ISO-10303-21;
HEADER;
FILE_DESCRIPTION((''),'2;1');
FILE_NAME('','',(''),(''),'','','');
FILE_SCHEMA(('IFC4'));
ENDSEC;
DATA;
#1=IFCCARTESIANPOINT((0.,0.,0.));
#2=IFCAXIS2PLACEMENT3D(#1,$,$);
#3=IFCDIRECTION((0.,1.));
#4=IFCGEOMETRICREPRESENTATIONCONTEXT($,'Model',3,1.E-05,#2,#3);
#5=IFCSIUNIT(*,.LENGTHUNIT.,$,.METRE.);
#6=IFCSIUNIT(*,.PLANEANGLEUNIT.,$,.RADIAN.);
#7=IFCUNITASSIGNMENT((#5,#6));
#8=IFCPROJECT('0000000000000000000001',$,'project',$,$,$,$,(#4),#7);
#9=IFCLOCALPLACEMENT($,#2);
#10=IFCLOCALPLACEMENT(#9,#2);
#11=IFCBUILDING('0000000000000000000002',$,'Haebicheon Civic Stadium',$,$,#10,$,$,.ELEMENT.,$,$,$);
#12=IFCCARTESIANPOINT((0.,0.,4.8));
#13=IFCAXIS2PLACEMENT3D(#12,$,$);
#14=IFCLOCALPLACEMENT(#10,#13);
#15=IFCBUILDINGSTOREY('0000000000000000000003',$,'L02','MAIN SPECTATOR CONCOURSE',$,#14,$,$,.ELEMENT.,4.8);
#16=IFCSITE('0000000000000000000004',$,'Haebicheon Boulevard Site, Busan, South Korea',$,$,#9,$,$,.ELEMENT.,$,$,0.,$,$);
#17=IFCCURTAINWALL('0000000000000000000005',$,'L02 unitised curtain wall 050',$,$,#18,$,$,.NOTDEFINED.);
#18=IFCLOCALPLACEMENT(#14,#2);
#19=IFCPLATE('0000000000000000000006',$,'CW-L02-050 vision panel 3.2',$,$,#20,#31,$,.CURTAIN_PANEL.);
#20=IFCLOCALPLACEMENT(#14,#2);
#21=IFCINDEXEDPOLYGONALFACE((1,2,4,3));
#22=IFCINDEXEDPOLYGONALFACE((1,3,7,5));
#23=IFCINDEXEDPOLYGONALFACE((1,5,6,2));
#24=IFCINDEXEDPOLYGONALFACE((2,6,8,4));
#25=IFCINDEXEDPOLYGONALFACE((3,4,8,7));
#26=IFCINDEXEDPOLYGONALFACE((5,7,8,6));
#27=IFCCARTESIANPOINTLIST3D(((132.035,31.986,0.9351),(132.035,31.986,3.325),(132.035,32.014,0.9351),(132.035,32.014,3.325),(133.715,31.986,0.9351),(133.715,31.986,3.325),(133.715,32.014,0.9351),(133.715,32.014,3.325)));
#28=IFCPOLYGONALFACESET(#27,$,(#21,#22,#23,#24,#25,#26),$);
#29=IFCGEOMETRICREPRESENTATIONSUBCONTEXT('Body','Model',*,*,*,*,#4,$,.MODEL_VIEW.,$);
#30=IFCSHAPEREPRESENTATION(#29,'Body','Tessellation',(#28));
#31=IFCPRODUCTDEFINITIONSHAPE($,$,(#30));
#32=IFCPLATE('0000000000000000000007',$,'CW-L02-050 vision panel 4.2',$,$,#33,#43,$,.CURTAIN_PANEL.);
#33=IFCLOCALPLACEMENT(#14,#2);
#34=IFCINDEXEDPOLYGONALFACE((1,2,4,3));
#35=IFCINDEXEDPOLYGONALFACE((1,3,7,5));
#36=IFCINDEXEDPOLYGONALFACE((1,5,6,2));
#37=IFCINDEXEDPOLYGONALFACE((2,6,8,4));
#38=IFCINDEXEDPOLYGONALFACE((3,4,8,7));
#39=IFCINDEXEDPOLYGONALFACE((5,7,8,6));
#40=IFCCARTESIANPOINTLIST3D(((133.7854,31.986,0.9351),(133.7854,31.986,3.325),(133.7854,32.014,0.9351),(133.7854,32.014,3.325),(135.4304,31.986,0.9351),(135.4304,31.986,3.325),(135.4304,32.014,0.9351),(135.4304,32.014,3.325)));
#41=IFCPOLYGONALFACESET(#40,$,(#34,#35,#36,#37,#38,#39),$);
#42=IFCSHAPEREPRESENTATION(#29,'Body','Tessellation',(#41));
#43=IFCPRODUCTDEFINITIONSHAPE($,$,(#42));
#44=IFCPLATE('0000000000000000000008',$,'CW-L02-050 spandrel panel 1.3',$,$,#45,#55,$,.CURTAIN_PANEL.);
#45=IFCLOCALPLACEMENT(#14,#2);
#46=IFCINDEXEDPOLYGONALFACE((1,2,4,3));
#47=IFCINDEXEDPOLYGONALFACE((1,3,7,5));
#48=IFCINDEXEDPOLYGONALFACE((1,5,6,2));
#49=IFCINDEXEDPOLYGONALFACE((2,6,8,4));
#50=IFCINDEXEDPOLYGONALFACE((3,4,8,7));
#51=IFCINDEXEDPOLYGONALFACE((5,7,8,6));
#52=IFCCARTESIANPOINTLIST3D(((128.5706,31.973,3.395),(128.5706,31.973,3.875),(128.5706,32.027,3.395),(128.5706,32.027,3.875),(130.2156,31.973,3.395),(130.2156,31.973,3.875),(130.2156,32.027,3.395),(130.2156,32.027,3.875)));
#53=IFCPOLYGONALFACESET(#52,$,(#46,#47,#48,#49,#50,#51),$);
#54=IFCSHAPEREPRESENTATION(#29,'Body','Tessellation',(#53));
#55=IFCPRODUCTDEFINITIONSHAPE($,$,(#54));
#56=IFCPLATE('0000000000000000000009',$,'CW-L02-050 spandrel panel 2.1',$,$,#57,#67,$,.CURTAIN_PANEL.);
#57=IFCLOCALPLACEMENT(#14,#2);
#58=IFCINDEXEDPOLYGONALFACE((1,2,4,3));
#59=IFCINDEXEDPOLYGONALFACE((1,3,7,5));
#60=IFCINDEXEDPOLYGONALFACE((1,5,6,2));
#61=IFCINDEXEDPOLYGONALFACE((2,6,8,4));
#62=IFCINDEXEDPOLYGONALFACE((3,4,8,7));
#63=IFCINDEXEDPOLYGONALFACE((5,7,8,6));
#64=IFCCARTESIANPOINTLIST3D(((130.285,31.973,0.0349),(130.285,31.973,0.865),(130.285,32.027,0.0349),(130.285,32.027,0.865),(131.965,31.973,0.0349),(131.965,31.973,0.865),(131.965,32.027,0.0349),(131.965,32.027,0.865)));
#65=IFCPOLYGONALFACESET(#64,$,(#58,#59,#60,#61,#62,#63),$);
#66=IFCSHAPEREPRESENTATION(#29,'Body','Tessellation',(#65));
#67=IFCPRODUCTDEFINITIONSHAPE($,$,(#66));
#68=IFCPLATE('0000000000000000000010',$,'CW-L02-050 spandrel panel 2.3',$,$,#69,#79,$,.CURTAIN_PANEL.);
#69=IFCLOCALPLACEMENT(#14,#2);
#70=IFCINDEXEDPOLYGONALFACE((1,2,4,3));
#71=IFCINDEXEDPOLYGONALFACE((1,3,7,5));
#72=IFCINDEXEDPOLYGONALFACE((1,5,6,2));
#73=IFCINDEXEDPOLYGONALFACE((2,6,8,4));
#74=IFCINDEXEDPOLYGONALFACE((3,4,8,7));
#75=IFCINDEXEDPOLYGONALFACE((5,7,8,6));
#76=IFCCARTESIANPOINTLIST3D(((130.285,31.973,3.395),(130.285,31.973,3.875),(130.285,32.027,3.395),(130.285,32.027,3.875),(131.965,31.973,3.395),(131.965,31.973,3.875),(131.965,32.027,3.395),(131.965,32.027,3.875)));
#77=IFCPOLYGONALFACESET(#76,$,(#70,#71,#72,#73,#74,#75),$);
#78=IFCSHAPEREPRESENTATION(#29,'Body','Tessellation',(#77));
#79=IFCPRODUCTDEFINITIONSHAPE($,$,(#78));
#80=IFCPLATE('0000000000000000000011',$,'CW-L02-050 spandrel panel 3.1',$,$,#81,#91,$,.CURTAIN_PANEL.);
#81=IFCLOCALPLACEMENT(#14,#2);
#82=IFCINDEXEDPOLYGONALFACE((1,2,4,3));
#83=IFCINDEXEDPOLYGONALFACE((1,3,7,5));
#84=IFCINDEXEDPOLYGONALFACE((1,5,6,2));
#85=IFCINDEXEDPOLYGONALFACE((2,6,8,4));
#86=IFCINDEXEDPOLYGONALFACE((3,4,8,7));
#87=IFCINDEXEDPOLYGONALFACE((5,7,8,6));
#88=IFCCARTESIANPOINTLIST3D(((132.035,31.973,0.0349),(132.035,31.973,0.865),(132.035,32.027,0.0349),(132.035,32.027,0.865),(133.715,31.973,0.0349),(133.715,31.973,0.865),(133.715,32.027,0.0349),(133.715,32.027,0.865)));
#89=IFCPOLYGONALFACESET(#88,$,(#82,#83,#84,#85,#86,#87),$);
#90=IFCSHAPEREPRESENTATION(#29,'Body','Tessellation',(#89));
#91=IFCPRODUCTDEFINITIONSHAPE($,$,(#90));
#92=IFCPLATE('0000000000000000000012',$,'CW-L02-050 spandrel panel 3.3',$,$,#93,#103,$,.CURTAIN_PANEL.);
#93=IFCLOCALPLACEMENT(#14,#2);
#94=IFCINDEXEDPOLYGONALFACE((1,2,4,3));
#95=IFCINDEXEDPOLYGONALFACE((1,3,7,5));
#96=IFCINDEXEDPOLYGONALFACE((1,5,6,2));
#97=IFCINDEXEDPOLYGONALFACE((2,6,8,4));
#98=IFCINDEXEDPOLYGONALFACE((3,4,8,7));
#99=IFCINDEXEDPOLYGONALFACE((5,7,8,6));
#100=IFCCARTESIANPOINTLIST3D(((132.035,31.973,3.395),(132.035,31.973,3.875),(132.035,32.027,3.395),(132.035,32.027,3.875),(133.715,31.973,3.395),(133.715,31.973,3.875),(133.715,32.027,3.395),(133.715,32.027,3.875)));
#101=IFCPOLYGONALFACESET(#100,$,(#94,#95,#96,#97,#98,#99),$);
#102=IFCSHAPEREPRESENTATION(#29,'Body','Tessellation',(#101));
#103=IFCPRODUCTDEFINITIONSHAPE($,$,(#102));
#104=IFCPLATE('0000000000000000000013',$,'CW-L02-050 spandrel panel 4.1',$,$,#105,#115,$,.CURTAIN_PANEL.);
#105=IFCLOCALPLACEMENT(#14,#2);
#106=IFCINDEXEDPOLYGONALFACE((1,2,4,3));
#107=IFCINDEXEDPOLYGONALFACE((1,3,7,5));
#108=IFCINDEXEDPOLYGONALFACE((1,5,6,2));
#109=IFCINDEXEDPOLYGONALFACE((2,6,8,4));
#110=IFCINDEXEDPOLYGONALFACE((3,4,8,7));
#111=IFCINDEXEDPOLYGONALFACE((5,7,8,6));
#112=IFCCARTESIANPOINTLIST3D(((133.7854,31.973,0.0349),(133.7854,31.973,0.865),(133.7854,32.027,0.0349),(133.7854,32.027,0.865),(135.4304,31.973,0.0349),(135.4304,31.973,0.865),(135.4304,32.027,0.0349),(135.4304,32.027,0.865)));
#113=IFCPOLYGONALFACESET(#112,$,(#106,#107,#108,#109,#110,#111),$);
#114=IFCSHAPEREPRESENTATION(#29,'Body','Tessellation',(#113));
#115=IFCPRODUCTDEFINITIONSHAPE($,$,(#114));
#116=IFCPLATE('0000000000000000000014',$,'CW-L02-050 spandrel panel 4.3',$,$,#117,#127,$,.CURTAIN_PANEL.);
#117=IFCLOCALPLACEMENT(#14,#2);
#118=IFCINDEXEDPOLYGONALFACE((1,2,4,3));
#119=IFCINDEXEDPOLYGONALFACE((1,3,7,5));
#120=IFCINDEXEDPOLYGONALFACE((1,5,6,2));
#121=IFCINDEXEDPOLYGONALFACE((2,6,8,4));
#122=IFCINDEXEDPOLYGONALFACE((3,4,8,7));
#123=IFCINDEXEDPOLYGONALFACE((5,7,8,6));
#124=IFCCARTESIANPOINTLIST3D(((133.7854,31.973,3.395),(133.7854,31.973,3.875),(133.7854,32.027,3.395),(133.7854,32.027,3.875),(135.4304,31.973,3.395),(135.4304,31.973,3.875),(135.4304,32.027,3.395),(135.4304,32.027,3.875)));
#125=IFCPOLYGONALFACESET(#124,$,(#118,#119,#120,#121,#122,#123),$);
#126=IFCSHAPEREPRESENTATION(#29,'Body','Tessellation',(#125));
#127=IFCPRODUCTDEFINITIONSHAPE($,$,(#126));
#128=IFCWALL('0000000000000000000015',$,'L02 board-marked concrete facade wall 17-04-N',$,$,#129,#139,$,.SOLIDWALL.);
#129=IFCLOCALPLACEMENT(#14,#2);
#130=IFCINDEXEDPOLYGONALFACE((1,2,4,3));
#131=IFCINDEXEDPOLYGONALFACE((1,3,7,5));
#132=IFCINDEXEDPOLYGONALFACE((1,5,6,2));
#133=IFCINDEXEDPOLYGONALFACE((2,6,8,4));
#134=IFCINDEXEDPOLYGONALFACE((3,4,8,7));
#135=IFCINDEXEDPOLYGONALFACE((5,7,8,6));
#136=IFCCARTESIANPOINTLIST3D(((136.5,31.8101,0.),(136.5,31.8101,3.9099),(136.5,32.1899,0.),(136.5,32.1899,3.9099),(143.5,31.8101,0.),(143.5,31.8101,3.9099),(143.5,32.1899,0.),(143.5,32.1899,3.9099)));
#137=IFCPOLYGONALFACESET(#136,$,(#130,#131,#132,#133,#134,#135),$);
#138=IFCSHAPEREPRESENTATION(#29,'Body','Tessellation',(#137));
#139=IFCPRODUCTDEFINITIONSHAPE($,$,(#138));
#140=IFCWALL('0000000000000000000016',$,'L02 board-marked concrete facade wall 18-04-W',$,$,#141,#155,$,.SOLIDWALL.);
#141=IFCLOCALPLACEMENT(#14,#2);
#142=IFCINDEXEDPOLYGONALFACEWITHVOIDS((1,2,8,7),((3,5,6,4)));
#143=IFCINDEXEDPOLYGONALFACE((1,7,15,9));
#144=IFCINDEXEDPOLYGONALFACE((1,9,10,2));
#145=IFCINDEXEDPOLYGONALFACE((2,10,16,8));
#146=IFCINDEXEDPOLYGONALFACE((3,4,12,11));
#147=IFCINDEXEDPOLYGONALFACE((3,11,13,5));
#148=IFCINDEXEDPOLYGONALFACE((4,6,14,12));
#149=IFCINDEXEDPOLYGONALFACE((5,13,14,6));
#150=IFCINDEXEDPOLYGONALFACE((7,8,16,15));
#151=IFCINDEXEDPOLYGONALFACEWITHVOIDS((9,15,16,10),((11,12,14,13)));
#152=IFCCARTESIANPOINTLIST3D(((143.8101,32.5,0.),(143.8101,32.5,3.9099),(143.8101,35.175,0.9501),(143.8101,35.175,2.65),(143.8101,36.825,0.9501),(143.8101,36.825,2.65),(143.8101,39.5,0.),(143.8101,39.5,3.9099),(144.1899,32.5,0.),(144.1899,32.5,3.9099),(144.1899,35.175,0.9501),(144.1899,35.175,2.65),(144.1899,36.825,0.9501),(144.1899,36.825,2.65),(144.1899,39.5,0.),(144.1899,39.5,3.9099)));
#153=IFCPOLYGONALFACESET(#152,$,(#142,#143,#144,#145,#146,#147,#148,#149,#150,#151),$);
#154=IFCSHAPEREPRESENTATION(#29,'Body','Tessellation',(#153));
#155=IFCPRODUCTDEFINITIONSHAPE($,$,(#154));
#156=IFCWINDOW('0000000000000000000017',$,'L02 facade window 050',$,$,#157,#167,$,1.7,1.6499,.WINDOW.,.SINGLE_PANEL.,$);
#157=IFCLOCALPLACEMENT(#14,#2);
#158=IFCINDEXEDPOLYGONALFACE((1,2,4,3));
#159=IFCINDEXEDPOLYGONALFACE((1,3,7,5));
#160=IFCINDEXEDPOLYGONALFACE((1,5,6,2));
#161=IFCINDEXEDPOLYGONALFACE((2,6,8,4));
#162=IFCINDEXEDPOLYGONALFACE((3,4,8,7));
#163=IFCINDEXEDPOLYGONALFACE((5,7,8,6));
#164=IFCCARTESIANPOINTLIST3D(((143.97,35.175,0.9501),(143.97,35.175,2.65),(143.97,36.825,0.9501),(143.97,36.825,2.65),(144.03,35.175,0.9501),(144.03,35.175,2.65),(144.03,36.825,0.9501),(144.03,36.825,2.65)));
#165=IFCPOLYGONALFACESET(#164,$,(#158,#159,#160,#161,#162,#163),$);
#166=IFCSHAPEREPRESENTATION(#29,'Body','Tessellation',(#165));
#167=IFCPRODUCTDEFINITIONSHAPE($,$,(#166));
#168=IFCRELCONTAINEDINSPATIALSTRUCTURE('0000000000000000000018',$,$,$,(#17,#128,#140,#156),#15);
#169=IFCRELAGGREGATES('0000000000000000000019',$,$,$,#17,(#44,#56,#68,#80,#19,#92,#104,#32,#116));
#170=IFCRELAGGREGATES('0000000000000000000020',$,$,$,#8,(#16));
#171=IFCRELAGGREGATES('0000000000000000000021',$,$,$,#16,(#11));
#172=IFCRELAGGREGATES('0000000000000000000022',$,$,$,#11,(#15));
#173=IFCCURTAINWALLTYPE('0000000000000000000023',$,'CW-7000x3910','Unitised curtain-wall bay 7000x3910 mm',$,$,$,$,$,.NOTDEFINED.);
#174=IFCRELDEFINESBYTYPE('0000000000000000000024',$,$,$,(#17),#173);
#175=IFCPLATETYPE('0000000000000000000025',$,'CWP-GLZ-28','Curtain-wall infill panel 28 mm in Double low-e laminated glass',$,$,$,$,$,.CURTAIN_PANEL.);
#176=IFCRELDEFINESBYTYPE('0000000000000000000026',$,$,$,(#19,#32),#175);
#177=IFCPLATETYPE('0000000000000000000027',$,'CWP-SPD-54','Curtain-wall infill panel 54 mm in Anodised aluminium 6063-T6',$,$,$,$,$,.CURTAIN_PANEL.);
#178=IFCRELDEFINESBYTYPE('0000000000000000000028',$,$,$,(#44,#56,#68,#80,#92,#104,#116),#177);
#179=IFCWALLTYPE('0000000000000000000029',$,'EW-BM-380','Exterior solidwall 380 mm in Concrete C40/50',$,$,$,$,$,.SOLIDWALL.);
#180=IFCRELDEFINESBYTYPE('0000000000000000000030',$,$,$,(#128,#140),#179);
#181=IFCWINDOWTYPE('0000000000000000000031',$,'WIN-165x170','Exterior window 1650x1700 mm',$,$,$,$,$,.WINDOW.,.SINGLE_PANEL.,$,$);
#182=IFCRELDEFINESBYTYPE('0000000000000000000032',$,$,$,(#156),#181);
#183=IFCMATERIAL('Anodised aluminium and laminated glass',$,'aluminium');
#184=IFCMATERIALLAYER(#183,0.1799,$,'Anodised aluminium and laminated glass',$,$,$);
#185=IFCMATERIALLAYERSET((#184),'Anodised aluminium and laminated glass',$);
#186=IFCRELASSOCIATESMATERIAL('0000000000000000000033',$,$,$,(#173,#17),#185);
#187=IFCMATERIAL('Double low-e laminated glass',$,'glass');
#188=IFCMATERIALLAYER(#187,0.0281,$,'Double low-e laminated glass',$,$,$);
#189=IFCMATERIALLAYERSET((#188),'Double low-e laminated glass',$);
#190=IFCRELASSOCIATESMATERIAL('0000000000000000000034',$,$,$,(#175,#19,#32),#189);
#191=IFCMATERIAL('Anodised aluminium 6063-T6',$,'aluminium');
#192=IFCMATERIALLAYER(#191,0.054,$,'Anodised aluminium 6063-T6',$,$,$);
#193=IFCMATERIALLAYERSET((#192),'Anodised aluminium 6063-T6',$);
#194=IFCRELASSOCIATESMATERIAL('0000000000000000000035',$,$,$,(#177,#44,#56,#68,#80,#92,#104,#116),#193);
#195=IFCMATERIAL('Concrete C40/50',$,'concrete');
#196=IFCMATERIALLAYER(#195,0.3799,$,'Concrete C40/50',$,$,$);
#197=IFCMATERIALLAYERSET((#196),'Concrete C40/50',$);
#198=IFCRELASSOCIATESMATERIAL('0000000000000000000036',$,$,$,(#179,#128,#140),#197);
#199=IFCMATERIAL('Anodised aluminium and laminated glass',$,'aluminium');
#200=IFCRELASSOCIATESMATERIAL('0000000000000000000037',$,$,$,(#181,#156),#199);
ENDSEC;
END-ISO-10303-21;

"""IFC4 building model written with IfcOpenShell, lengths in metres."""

from ifc_helpers import new_model, si_unit, direction, frame, frame_2d, origin, origin_2d, place, context, subcontext, project, spatial, rectangle, extrude, material, layer, layer_set, type_object, element, fill, aggregate, save


model = new_model("IFC4")

# Units and contexts
model_context = context("Model", 3, precision=1e-05, world=origin(), true_north=direction((0.0, 1.0)))
body_context = subcontext(model_context, "Body", "Model", "MODEL_VIEW")
ifc_project = project(units=[si_unit("LENGTHUNIT", "METRE"), si_unit("PLANEANGLEUNIT", "RADIAN")], contexts=[model_context])

# Site, building, storey
site_placement = place(None, origin())
site = spatial("IfcSite", under=ifc_project, at=site_placement, Name="Haebicheon Boulevard Site, Busan, South Korea", CompositionType="ELEMENT", RefElevation=0.0)
building_placement = place(site_placement, origin())
building = spatial("IfcBuilding", under=site, at=building_placement, Name="Haebicheon Civic Stadium", CompositionType="ELEMENT")
storey_placement = place(building_placement, frame((0.0, 0.0, 4.8)))
storey = spatial("IfcBuildingStorey", under=building, at=storey_placement, Name="L02", Description="MAIN SPECTATOR CONCOURSE", CompositionType="ELEMENT", Elevation=4.8)

# Curtain wall
ifc_material_1 = material(Name="Anodised aluminium and laminated glass", Category="aluminium")
ifc_layer_1 = layer(ifc_material_1, 0.1799, Name="Anodised aluminium and laminated glass")
ifc_layer_set_1 = layer_set([ifc_layer_1], Name="Anodised aluminium and laminated glass")
curtain_wall_type = type_object("IfcCurtainWallType", Name="CW-7000x3910", Description="Unitised curtain-wall bay 7000x3910 mm", PredefinedType="NOTDEFINED", material=ifc_layer_set_1)
curtain_wall_placement = place(storey_placement, origin())
curtain_wall = element("IfcCurtainWall", 1, at=curtain_wall_placement, inside=storey, type_object=curtain_wall_type, material=ifc_layer_set_1, Name="L02 unitised curtain wall 050", PredefinedType="NOTDEFINED")

# Plates
ifc_material_2 = material(Name="Double low-e laminated glass", Category="glass")
ifc_layer_2 = layer(ifc_material_2, 0.0281, Name="Double low-e laminated glass")
ifc_layer_set_2 = layer_set([ifc_layer_2], Name="Double low-e laminated glass")
plate_type_1 = type_object("IfcPlateType", Name="CWP-GLZ-28", Description="Curtain-wall infill panel 28 mm in Double low-e laminated glass", PredefinedType="CURTAIN_PANEL", material=ifc_layer_set_2)
plate_1_placement = place(storey_placement, frame((132.875, 32.0, 0.9351), z_axis=(0.0, 0.0, 1.0), x_axis=(1.0, 0.0, 0.0)))
plate_1 = element("IfcPlate", 2, at=plate_1_placement, type_object=plate_type_1, material=ifc_layer_set_2, Name="CW-L02-050 vision panel 3.2", PredefinedType="CURTAIN_PANEL", context=body_context, shape_type="SweptSolid", body=[
    extrude(rectangle(XDim=1.6799, YDim=0.0281, at=origin_2d()), origin(), (0.0, 0.0, 1.0), 2.3899),
])
plate_2_placement = place(storey_placement, frame((134.6079, 32.0, 0.9351), z_axis=(0.0, 0.0, 1.0), x_axis=(1.0, 0.0, 0.0)))
plate_2 = element("IfcPlate", 3, at=plate_2_placement, type_object=plate_type_1, material=ifc_layer_set_2, Name="CW-L02-050 vision panel 4.2", PredefinedType="CURTAIN_PANEL", context=body_context, shape_type="SweptSolid", body=[
    extrude(rectangle(XDim=1.645, YDim=0.0281, at=origin_2d()), origin(), (0.0, 0.0, 1.0), 2.3899),
])
ifc_material_3 = material(Name="Anodised aluminium 6063-T6", Category="aluminium")
ifc_layer_3 = layer(ifc_material_3, 0.054, Name="Anodised aluminium 6063-T6")
ifc_layer_set_3 = layer_set([ifc_layer_3], Name="Anodised aluminium 6063-T6")
plate_type_2 = type_object("IfcPlateType", Name="CWP-SPD-54", Description="Curtain-wall infill panel 54 mm in Anodised aluminium 6063-T6", PredefinedType="CURTAIN_PANEL", material=ifc_layer_set_3)
plate_3_placement = place(storey_placement, frame((129.3931, 32.0, 3.395), z_axis=(0.0, 0.0, 1.0), x_axis=(1.0, 0.0, 0.0)))
plate_3 = element("IfcPlate", 4, at=plate_3_placement, type_object=plate_type_2, material=ifc_layer_set_3, Name="CW-L02-050 spandrel panel 1.3", PredefinedType="CURTAIN_PANEL", context=body_context, shape_type="SweptSolid", body=[
    extrude(rectangle(XDim=1.645, YDim=0.054, at=origin_2d()), origin(), (0.0, 0.0, 1.0), 0.48),
])
plate_4_placement = place(storey_placement, frame((131.125, 32.0, 0.0349), z_axis=(0.0, 0.0, 1.0), x_axis=(1.0, 0.0, 0.0)))
plate_4 = element("IfcPlate", 5, at=plate_4_placement, type_object=plate_type_2, material=ifc_layer_set_3, Name="CW-L02-050 spandrel panel 2.1", PredefinedType="CURTAIN_PANEL", context=body_context, shape_type="SweptSolid", body=[
    extrude(rectangle(XDim=1.6799, YDim=0.054, at=origin_2d()), origin(), (0.0, 0.0, 1.0), 0.8301),
])
plate_5_placement = place(storey_placement, frame((131.125, 32.0, 3.395), z_axis=(0.0, 0.0, 1.0), x_axis=(1.0, 0.0, 0.0)))
plate_5 = element("IfcPlate", 6, at=plate_5_placement, type_object=plate_type_2, material=ifc_layer_set_3, Name="CW-L02-050 spandrel panel 2.3", PredefinedType="CURTAIN_PANEL", context=body_context, shape_type="SweptSolid", body=[
    extrude(rectangle(XDim=1.6799, YDim=0.054, at=origin_2d()), origin(), (0.0, 0.0, 1.0), 0.48),
])
plate_6_placement = place(storey_placement, frame((132.875, 32.0, 0.0349), z_axis=(0.0, 0.0, 1.0), x_axis=(1.0, 0.0, 0.0)))
plate_6 = element("IfcPlate", 7, at=plate_6_placement, type_object=plate_type_2, material=ifc_layer_set_3, Name="CW-L02-050 spandrel panel 3.1", PredefinedType="CURTAIN_PANEL", context=body_context, shape_type="SweptSolid", body=[
    extrude(rectangle(XDim=1.6799, YDim=0.054, at=origin_2d()), origin(), (0.0, 0.0, 1.0), 0.8301),
])
plate_7_placement = place(storey_placement, frame((132.875, 32.0, 3.395), z_axis=(0.0, 0.0, 1.0), x_axis=(1.0, 0.0, 0.0)))
plate_7 = element("IfcPlate", 8, at=plate_7_placement, type_object=plate_type_2, material=ifc_layer_set_3, Name="CW-L02-050 spandrel panel 3.3", PredefinedType="CURTAIN_PANEL", context=body_context, shape_type="SweptSolid", body=[
    extrude(rectangle(XDim=1.6799, YDim=0.054, at=origin_2d()), origin(), (0.0, 0.0, 1.0), 0.48),
])
plate_8_placement = place(storey_placement, frame((134.6079, 32.0, 0.0349), z_axis=(0.0, 0.0, 1.0), x_axis=(1.0, 0.0, 0.0)))
plate_8 = element("IfcPlate", 9, at=plate_8_placement, type_object=plate_type_2, material=ifc_layer_set_3, Name="CW-L02-050 spandrel panel 4.1", PredefinedType="CURTAIN_PANEL", context=body_context, shape_type="SweptSolid", body=[
    extrude(rectangle(XDim=1.645, YDim=0.054, at=origin_2d()), origin(), (0.0, 0.0, 1.0), 0.8301),
])
plate_9_placement = place(storey_placement, frame((134.6079, 32.0, 3.395), z_axis=(0.0, 0.0, 1.0), x_axis=(1.0, 0.0, 0.0)))
plate_9 = element("IfcPlate", 10, at=plate_9_placement, type_object=plate_type_2, material=ifc_layer_set_3, Name="CW-L02-050 spandrel panel 4.3", PredefinedType="CURTAIN_PANEL", context=body_context, shape_type="SweptSolid", body=[
    extrude(rectangle(XDim=1.645, YDim=0.054, at=origin_2d()), origin(), (0.0, 0.0, 1.0), 0.48),
])
aggregate(curtain_wall, [plate_3, plate_4, plate_5, plate_6, plate_1, plate_7, plate_8, plate_2, plate_9])

# Wall
ifc_material_4 = material(Name="Concrete C40/50", Category="concrete")
ifc_layer_4 = layer(ifc_material_4, 0.3799, Name="Concrete C40/50")
ifc_layer_set_4 = layer_set([ifc_layer_4], Name="Concrete C40/50")
wall_type = type_object("IfcWallType", Name="EW-BM-380", Description="Exterior solidwall 380 mm in Concrete C40/50", PredefinedType="SOLIDWALL", material=ifc_layer_set_4)
wall_1_placement = place(storey_placement, frame((136.5, 32.0, 0.0), z_axis=(0.0, 0.0, 1.0), x_axis=(1.0, 0.0, 0.0)))
element("IfcWall", 11, at=wall_1_placement, inside=storey, type_object=wall_type, material=ifc_layer_set_4, Name="L02 board-marked concrete facade wall 17-04-N", PredefinedType="SOLIDWALL", context=body_context, shape_type="SweptSolid", body=[
    extrude(rectangle(XDim=7.0, YDim=0.3799, at=frame_2d((3.5, 0.0))), origin(), (0.0, 0.0, 1.0), 3.9099),
])

# Wall, opening, window
wall_2_placement = place(storey_placement, frame((144.0, 32.5, 0.0), z_axis=(0.0, 0.0, 1.0), x_axis=(0.0, 1.0, 0.0)))
wall_2 = element("IfcWall", 12, at=wall_2_placement, inside=storey, type_object=wall_type, material=ifc_layer_set_4, Name="L02 board-marked concrete facade wall 18-04-W", PredefinedType="SOLIDWALL", context=body_context, shape_type="SweptSolid", body=[
    extrude(rectangle(XDim=7.0, YDim=0.3799, at=frame_2d((3.5, 0.0))), origin(), (0.0, 0.0, 1.0), 3.9099),
])
opening_placement = place(wall_2_placement, frame((2.675, 0.0, 0.95)))
opening = element("IfcOpeningElement", 13, at=opening_placement, cuts=wall_2, PredefinedType="OPENING", context=body_context, shape_type="SweptSolid", body=[
    extrude(rectangle(XDim=1.6499, YDim=1.7, at=frame_2d((0.825, 0.8501))), frame((0.0, 0.2, 0.0), z_axis=(0.0, -1.0, 0.0), x_axis=(1.0, 0.0, 0.0)), (0.0, 0.0, 1.0), 0.3999),
])
ifc_material_5 = material(Name="Anodised aluminium and laminated glass", Category="aluminium")
window_type = type_object("IfcWindowType", Name="WIN-165x170", Description="Exterior window 1650x1700 mm", PartitioningType="SINGLE_PANEL", PredefinedType="WINDOW", material=ifc_material_5)
window_placement = place(opening_placement, origin())
window = element("IfcWindow", 14, at=window_placement, inside=storey, type_object=window_type, material=ifc_material_5, Name="L02 facade window 050", OverallHeight=1.7, OverallWidth=1.6499, PartitioningType="SINGLE_PANEL", PredefinedType="WINDOW", context=body_context, shape_type="SweptSolid", body=[
    extrude(rectangle(XDim=1.6499, YDim=1.7, at=frame_2d((0.825, 0.8501))), frame((0.0, 0.03, 0.0), z_axis=(0.0, -1.0, 0.0), x_axis=(1.0, 0.0, 0.0)), (0.0, 0.0, 1.0), 0.0601),
])
fill(opening, window)

save(model, "model.ifc")
